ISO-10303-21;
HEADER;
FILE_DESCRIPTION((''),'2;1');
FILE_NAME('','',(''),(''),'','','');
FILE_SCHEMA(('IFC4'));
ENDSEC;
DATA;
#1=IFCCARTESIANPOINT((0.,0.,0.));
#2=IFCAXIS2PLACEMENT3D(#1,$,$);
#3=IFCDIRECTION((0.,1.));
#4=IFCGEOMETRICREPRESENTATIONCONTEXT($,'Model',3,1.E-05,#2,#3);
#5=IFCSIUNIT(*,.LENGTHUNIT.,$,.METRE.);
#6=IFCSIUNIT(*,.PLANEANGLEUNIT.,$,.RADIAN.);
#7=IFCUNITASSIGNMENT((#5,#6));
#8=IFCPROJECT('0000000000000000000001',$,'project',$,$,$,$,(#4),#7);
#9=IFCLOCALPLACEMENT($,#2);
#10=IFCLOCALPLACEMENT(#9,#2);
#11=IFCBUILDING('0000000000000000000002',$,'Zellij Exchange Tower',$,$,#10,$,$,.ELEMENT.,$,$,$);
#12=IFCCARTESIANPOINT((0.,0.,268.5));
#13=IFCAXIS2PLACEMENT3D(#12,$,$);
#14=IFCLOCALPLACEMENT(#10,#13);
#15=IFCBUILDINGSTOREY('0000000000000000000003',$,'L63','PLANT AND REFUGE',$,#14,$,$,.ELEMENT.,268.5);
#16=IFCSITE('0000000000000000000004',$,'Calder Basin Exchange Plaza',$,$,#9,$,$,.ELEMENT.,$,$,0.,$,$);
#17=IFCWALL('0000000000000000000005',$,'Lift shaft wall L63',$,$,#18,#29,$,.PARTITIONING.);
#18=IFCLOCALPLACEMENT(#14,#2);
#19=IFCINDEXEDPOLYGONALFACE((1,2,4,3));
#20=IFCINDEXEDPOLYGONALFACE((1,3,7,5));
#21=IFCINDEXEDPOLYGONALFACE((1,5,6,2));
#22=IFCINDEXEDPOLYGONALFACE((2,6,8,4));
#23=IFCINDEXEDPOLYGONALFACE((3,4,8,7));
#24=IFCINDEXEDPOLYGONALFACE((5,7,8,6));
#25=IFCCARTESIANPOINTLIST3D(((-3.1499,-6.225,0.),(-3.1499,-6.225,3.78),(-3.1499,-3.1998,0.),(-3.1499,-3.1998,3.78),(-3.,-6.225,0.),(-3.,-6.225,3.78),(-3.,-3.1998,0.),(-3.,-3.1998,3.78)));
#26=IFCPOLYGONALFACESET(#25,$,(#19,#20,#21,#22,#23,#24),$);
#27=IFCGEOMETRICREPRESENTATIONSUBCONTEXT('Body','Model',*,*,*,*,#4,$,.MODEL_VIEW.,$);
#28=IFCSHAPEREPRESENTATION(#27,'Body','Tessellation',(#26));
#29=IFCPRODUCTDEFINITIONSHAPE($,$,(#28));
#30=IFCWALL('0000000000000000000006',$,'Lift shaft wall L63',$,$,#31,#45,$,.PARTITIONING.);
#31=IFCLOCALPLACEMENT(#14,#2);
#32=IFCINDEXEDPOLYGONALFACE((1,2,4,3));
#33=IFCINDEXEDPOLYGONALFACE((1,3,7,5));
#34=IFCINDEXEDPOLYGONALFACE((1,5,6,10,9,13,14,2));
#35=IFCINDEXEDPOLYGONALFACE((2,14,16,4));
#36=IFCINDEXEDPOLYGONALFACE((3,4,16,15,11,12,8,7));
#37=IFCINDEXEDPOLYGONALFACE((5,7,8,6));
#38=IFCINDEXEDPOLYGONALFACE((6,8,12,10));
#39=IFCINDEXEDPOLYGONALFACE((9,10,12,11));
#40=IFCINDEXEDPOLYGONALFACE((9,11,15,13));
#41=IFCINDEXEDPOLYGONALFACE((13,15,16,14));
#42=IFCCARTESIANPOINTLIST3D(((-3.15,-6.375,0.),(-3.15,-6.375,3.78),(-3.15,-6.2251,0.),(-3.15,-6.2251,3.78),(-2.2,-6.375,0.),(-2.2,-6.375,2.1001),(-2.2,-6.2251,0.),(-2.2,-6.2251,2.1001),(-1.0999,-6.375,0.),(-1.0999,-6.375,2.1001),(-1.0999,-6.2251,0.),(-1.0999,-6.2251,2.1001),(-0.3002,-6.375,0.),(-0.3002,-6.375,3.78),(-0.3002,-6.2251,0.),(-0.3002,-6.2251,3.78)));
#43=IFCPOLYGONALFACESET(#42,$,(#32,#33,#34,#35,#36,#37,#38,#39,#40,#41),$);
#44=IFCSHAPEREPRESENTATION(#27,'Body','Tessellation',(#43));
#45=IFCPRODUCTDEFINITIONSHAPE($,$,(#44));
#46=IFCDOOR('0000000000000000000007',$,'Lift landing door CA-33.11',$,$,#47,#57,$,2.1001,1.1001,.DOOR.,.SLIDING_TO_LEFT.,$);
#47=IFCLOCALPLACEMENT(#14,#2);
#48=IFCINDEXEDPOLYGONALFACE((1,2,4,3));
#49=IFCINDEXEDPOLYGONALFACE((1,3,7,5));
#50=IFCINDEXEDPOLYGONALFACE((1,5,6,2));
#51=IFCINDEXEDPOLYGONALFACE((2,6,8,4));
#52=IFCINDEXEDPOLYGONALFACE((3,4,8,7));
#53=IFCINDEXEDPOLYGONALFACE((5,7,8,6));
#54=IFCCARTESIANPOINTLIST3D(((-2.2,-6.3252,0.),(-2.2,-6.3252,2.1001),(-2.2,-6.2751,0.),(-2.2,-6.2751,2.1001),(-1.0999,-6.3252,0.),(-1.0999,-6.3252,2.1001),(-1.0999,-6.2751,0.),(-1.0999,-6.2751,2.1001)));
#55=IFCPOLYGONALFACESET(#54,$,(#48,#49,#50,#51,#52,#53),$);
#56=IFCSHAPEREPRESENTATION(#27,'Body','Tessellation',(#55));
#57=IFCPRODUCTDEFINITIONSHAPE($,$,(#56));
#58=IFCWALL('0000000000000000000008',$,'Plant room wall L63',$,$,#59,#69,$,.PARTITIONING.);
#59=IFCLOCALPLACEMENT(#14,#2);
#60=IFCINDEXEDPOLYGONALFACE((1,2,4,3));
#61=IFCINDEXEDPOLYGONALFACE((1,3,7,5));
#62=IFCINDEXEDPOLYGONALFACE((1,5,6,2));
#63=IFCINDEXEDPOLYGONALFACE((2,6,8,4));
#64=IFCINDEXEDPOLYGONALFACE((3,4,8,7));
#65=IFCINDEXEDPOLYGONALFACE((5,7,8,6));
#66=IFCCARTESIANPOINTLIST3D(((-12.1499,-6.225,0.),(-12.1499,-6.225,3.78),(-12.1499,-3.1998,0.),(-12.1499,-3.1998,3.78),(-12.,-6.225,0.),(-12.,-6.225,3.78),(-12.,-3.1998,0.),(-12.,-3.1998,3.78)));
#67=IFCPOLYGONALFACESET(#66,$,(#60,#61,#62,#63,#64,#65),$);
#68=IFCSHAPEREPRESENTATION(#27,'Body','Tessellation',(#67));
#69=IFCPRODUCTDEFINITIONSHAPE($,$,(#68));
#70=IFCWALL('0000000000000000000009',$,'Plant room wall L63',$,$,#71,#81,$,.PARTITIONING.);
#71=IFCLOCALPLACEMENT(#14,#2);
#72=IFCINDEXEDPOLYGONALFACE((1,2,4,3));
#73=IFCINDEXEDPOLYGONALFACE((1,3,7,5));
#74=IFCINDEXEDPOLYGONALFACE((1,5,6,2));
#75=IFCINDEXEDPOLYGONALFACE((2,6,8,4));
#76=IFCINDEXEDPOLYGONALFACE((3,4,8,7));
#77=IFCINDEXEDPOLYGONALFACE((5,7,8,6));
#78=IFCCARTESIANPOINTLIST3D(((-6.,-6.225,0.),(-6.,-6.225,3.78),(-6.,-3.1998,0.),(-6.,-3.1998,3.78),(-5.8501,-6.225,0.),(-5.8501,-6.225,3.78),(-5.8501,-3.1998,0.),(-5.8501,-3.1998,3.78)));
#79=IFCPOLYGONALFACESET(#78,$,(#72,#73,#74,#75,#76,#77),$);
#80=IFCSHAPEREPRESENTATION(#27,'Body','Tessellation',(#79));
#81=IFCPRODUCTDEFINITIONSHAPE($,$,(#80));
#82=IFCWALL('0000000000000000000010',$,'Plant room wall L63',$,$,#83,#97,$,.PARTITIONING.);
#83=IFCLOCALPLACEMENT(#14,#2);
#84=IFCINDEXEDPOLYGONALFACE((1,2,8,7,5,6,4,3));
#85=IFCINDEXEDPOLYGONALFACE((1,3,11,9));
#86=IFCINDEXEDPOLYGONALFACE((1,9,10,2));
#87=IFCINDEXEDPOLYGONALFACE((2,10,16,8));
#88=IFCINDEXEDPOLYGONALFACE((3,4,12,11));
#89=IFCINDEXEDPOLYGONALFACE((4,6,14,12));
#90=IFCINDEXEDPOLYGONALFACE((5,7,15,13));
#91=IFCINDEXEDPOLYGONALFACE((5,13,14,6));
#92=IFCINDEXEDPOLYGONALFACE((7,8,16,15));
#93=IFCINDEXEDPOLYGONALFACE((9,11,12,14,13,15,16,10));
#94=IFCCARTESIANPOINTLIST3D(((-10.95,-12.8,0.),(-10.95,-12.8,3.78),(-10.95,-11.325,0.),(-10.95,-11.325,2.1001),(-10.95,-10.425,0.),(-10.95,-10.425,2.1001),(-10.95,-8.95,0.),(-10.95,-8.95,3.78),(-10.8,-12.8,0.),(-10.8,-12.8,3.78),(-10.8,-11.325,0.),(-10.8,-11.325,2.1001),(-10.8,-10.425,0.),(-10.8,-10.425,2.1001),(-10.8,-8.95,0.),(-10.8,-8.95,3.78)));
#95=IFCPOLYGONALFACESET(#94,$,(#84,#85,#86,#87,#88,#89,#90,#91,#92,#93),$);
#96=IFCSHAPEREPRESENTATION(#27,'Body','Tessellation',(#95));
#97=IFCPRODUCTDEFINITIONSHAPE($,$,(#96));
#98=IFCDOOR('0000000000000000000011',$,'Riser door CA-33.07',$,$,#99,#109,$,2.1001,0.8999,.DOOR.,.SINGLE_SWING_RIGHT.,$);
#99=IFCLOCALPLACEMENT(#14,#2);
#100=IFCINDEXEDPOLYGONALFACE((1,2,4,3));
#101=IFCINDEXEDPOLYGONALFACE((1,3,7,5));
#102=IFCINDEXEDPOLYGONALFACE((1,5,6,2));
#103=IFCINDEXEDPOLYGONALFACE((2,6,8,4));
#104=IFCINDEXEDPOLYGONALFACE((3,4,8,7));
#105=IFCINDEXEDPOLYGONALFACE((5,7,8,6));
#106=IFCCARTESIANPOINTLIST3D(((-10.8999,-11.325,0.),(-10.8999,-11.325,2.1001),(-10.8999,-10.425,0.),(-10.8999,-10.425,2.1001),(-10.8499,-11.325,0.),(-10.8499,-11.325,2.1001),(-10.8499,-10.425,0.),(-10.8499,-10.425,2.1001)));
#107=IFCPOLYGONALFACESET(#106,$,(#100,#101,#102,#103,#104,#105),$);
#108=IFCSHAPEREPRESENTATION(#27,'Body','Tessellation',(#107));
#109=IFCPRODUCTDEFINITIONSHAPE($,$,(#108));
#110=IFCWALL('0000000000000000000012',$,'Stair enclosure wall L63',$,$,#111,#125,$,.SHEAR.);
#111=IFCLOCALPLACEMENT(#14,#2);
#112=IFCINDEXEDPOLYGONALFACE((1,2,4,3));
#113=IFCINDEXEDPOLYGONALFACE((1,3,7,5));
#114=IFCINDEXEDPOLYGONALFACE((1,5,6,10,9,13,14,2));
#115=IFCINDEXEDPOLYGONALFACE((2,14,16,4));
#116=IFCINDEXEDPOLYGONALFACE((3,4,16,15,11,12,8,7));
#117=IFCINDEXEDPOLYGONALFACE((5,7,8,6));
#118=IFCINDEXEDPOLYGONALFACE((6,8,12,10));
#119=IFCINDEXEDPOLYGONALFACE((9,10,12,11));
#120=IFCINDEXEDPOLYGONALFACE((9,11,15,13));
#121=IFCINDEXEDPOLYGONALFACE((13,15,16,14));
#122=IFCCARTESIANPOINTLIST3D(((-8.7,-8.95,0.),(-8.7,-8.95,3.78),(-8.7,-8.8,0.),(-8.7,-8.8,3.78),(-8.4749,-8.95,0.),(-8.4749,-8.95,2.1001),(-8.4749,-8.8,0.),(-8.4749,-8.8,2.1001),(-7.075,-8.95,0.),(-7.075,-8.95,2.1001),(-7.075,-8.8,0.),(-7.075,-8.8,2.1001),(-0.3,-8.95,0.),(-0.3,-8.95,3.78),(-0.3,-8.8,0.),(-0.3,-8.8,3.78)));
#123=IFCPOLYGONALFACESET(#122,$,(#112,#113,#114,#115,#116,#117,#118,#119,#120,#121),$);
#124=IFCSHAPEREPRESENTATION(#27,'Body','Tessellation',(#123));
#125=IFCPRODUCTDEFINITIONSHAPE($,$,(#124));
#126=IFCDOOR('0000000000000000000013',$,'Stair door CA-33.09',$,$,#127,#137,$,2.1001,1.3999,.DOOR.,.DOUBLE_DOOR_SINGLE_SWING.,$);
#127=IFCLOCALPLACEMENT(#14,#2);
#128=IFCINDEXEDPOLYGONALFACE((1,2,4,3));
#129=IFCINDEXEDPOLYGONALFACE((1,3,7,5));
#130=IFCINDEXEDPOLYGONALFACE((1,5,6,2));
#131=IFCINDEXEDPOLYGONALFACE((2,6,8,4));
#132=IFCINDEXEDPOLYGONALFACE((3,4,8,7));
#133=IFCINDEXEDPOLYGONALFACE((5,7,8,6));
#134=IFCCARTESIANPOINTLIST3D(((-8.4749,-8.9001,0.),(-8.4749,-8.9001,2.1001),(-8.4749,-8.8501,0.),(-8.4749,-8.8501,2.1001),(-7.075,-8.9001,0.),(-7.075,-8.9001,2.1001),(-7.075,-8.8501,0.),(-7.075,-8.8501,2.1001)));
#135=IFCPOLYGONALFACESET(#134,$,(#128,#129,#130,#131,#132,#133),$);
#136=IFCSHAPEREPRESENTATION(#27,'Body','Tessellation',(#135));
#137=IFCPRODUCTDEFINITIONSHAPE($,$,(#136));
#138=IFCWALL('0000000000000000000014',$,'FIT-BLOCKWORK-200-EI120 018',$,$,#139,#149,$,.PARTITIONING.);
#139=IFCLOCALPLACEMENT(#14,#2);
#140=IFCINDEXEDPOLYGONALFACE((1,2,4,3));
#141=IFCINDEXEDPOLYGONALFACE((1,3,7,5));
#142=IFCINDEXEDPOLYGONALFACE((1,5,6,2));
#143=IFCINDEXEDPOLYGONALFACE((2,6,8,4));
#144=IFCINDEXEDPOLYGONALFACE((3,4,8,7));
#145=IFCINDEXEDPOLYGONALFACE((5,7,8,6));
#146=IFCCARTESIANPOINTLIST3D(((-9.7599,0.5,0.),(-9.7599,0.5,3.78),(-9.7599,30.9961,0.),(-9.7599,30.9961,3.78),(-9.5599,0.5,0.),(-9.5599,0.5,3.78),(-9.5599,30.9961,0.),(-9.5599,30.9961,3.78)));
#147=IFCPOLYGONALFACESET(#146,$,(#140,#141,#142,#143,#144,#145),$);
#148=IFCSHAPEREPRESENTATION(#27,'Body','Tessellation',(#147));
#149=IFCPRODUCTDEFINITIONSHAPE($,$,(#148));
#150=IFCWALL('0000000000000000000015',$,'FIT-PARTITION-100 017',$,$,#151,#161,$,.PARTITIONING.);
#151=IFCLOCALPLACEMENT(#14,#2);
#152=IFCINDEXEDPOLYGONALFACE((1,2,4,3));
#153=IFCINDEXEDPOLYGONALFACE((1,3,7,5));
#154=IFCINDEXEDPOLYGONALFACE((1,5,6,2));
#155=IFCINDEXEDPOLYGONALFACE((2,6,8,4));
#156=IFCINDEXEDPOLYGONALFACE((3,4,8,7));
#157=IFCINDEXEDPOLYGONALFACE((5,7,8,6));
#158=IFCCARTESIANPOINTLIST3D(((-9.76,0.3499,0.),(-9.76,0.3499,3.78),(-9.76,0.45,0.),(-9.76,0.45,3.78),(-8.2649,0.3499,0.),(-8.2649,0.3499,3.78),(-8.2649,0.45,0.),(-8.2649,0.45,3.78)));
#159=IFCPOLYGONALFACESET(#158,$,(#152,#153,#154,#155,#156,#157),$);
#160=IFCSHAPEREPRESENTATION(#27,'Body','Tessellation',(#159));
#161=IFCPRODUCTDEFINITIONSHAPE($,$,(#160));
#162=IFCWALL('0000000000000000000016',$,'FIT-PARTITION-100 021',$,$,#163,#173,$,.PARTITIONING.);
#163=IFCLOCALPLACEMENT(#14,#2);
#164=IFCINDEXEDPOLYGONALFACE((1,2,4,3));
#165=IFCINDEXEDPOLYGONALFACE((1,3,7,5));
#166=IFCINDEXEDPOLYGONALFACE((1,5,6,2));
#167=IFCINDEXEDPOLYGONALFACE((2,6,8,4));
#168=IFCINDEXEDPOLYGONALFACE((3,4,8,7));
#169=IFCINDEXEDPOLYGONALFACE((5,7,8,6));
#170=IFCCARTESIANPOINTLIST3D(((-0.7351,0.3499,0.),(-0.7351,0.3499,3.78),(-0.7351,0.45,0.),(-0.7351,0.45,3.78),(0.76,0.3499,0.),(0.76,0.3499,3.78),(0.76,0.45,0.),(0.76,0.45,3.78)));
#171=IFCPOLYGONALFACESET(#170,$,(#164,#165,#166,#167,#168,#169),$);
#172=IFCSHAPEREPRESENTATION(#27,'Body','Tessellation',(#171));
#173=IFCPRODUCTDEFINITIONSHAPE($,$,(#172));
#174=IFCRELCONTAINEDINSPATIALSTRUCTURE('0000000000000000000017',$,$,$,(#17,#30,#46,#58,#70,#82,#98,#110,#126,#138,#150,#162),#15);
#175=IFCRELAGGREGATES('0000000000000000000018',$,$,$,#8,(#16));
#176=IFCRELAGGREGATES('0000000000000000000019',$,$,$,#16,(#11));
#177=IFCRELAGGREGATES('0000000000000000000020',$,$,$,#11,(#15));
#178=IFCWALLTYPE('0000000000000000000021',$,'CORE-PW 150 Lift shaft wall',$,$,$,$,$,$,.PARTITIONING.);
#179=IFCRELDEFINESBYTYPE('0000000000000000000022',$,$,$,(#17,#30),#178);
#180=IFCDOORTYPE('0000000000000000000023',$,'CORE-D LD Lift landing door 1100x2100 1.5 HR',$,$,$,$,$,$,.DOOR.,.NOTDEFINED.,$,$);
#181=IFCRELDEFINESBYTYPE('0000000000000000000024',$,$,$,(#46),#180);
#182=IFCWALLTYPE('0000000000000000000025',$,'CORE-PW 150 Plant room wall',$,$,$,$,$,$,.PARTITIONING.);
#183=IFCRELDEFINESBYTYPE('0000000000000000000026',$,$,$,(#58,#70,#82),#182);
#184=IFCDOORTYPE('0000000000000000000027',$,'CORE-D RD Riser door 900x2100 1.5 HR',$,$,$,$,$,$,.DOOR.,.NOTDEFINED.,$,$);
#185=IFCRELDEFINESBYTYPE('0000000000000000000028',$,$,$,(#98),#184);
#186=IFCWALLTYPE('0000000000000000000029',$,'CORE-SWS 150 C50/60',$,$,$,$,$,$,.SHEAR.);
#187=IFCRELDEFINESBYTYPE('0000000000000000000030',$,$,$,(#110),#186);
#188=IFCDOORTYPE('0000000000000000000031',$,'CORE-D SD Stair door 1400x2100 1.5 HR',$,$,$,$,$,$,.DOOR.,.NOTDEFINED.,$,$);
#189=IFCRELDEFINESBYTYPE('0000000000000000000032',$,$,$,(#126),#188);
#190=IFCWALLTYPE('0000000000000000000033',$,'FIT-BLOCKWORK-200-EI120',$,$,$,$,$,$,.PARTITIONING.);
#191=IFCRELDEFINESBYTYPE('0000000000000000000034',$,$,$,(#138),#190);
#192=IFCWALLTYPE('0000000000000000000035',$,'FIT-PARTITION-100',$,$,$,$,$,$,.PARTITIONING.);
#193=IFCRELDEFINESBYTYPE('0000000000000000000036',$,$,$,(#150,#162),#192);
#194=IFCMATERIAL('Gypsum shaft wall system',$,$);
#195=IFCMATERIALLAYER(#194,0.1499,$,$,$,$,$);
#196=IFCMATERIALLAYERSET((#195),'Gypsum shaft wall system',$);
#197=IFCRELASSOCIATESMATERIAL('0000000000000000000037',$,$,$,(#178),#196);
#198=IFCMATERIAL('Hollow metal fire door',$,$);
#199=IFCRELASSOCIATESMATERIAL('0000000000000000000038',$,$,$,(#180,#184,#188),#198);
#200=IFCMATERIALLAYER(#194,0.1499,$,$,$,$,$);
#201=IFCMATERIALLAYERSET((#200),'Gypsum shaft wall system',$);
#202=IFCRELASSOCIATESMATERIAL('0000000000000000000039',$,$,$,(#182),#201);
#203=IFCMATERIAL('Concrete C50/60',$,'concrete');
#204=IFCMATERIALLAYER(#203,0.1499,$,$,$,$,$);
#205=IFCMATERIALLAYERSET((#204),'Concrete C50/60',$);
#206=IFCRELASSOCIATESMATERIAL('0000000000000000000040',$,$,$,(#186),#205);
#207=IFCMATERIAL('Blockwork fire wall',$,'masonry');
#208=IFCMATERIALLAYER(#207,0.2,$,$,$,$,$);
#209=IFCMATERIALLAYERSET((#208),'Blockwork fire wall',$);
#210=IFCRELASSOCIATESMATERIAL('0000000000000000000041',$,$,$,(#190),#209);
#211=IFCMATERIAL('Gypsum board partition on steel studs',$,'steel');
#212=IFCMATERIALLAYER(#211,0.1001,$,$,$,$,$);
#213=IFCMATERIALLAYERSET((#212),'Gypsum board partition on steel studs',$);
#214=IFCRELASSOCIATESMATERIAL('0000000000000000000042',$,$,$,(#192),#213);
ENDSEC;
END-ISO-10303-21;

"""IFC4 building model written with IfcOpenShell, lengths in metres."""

from ifc_helpers import new_model, si_unit, direction, frame, frame_2d, origin, place, context, subcontext, project, spatial, rectangle, extrude, material, layer, layer_set, type_object, element, fill, save


model = new_model("IFC4")

# Units and contexts
model_context = context("Model", 3, precision=1e-05, world=origin(), true_north=direction((0.0, 1.0)))
body_context = subcontext(model_context, "Body", "Model", "MODEL_VIEW")
ifc_project = project(units=[si_unit("LENGTHUNIT", "METRE"), si_unit("PLANEANGLEUNIT", "RADIAN")], contexts=[model_context])

# Site, building, storey
site_placement = place(None, origin())
site = spatial("IfcSite", under=ifc_project, at=site_placement, Name="Calder Basin Exchange Plaza", CompositionType="ELEMENT", RefElevation=0.0)
building_placement = place(site_placement, origin())
building = spatial("IfcBuilding", under=site, at=building_placement, Name="Zellij Exchange Tower", CompositionType="ELEMENT")
storey_placement = place(building_placement, frame((0.0, 0.0, 268.5)))
storey = spatial("IfcBuildingStorey", under=building, at=storey_placement, Name="L63", Description="PLANT AND REFUGE", CompositionType="ELEMENT", Elevation=268.5)

# Shared definitions
ifc_material_1 = material(Name="Concrete C50/60", Category="concrete")

# Shared definitions
ifc_material_2 = material(Name="Gypsum shaft wall system")
ifc_material_3 = material(Name="Hollow metal fire door")

# Wall
ifc_layer_1 = layer(ifc_material_2, 0.1499)
ifc_layer_set_1 = layer_set([ifc_layer_1], Name="Gypsum shaft wall system")
wall_type_1 = type_object("IfcWallType", Name="CORE-PW 150 Lift shaft wall", PredefinedType="PARTITIONING", material=ifc_layer_set_1)
wall_1_placement = place(storey_placement, frame((-3.075, -6.2251, 0.0), z_axis=(0.0, 0.0, 1.0), x_axis=(0.0, 1.0, 0.0)))
element("IfcWall", 1, at=wall_1_placement, inside=storey, type_object=wall_type_1, Name="Lift shaft wall L63", PredefinedType="PARTITIONING", context=body_context, shape_type="SweptSolid", body=[
    extrude(rectangle(XDim=3.0251, YDim=0.1499, at=frame_2d((1.5127, 0.0))), origin(), (0.0, 0.0, 1.0), 3.78),
])

# Wall, opening, door
wall_2_placement = place(storey_placement, frame((-3.1499, -6.3, 0.0), z_axis=(0.0, 0.0, 1.0), x_axis=(1.0, 0.0, 0.0)))
wall_2 = element("IfcWall", 2, at=wall_2_placement, inside=storey, type_object=wall_type_1, Name="Lift shaft wall L63", PredefinedType="PARTITIONING", context=body_context, shape_type="SweptSolid", body=[
    extrude(rectangle(XDim=2.8499, YDim=0.1499, at=frame_2d((1.4248, 0.0))), origin(), (0.0, 0.0, 1.0), 3.78),
])
opening_1_placement = place(wall_2_placement, frame((0.95, 0.0, 0.0)))
opening_1 = element("IfcOpeningElement", 3, at=opening_1_placement, cuts=wall_2, PredefinedType="OPENING", context=body_context, shape_type="SweptSolid", body=[
    extrude(rectangle(XDim=1.1001, YDim=2.1001, at=frame_2d((0.55, 1.05))), frame((0.0, 0.0869, 0.0), z_axis=(0.0, -1.0, 0.0), x_axis=(1.0, 0.0, 0.0)), (0.0, 0.0, 1.0), 0.1738),
])
door_type_1 = type_object("IfcDoorType", Name="CORE-D LD Lift landing door 1100x2100 1.5 HR", OperationType="NOTDEFINED", PredefinedType="DOOR", material=ifc_material_3)
door_1_placement = place(opening_1_placement, origin())
door_1 = element("IfcDoor", 4, at=door_1_placement, inside=storey, type_object=door_type_1, Name="Lift landing door CA-33.11", OperationType="SLIDING_TO_LEFT", OverallHeight=2.1001, OverallWidth=1.1001, PredefinedType="DOOR", context=body_context, shape_type="SweptSolid", body=[
    extrude(rectangle(XDim=1.1001, YDim=2.1001, at=frame_2d((0.55, 1.05))), frame((0.0, 0.0249, 0.0), z_axis=(0.0, -1.0, 0.0), x_axis=(1.0, 0.0, 0.0)), (0.0, 0.0, 1.0), 0.05),
])
fill(opening_1, door_1)

# Walls
ifc_layer_2 = layer(ifc_material_2, 0.1499)
ifc_layer_set_2 = layer_set([ifc_layer_2], Name="Gypsum shaft wall system")
wall_type_2 = type_object("IfcWallType", Name="CORE-PW 150 Plant room wall", PredefinedType="PARTITIONING", material=ifc_layer_set_2)
for number, where, z_axis, x_axis, name in (
    (5, (-12.075, -6.2251, 0.0), (0.0, 0.0, 1.0), (0.0, 1.0, 0.0), "Plant room wall L63"),
    (6, (-5.925, -6.2251, 0.0), (0.0, 0.0, 1.0), (0.0, 1.0, 0.0), "Plant room wall L63"),
):
    element("IfcWall", number, at=place(storey_placement, frame(where, z_axis=z_axis, x_axis=x_axis)), inside=storey, type_object=wall_type_2, Name=name, PredefinedType="PARTITIONING", context=body_context, shape_type="SweptSolid", body=[
        extrude(rectangle(XDim=3.0251, YDim=0.1499, at=frame_2d((1.5127, 0.0))), origin(), (0.0, 0.0, 1.0), 3.78),
    ])

# Walls, openings, doors
wall_3_placement = place(storey_placement, frame((-10.875, -12.8, 0.0), z_axis=(0.0, 0.0, 1.0), x_axis=(0.0, 1.0, 0.0)))
wall_3 = element("IfcWall", 7, at=wall_3_placement, inside=storey, type_object=wall_type_2, Name="Plant room wall L63", PredefinedType="PARTITIONING", context=body_context, shape_type="SweptSolid", body=[
    extrude(rectangle(XDim=3.8501, YDim=0.1499, at=frame_2d((1.925, 0.0))), origin(), (0.0, 0.0, 1.0), 3.78),
])
opening_2_placement = place(wall_3_placement, frame((1.4751, 0.0, 0.0)))
opening_2 = element("IfcOpeningElement", 8, at=opening_2_placement, cuts=wall_3, PredefinedType="OPENING", context=body_context, shape_type="SweptSolid", body=[
    extrude(rectangle(XDim=0.8999, YDim=2.1001, at=frame_2d((0.45, 1.05))), frame((0.0, 0.0869, 0.0), z_axis=(0.0, -1.0, 0.0), x_axis=(1.0, 0.0, 0.0)), (0.0, 0.0, 1.0), 0.1738),
])
door_type_2 = type_object("IfcDoorType", Name="CORE-D RD Riser door 900x2100 1.5 HR", OperationType="NOTDEFINED", PredefinedType="DOOR", material=ifc_material_3)
door_2_placement = place(opening_2_placement, origin())
door_2 = element("IfcDoor", 9, at=door_2_placement, inside=storey, type_object=door_type_2, Name="Riser door CA-33.07", OperationType="SINGLE_SWING_RIGHT", OverallHeight=2.1001, OverallWidth=0.8999, PredefinedType="DOOR", context=body_context, shape_type="SweptSolid", body=[
    extrude(rectangle(XDim=0.8999, YDim=2.1001, at=frame_2d((0.45, 1.05))), frame((0.0, 0.0249, 0.0), z_axis=(0.0, -1.0, 0.0), x_axis=(1.0, 0.0, 0.0)), (0.0, 0.0, 1.0), 0.05),
])
fill(opening_2, door_2)
ifc_layer_3 = layer(ifc_material_1, 0.1499)
ifc_layer_set_3 = layer_set([ifc_layer_3], Name="Concrete C50/60")
wall_type_3 = type_object("IfcWallType", Name="CORE-SWS 150 C50/60", PredefinedType="SHEAR", material=ifc_layer_set_3)
wall_4_placement = place(storey_placement, frame((-8.7, -8.875, 0.0), z_axis=(0.0, 0.0, 1.0), x_axis=(1.0, 0.0, 0.0)))
wall_4 = element("IfcWall", 10, at=wall_4_placement, inside=storey, type_object=wall_type_3, Name="Stair enclosure wall L63", PredefinedType="SHEAR", context=body_context, shape_type="SweptSolid", body=[
    extrude(rectangle(XDim=8.3999, YDim=0.1499, at=frame_2d((4.2, 0.0))), origin(), (0.0, 0.0, 1.0), 3.78),
])
opening_3_placement = place(wall_4_placement, frame((0.2251, 0.0, 0.0)))
opening_3 = element("IfcOpeningElement", 11, at=opening_3_placement, cuts=wall_4, PredefinedType="OPENING", context=body_context, shape_type="SweptSolid", body=[
    extrude(rectangle(XDim=1.3999, YDim=2.1001, at=frame_2d((0.7, 1.05))), frame((0.0, 0.0869, 0.0), z_axis=(0.0, -1.0, 0.0), x_axis=(1.0, 0.0, 0.0)), (0.0, 0.0, 1.0), 0.1738),
])
door_type_3 = type_object("IfcDoorType", Name="CORE-D SD Stair door 1400x2100 1.5 HR", OperationType="NOTDEFINED", PredefinedType="DOOR", material=ifc_material_3)
door_3_placement = place(opening_3_placement, origin())
door_3 = element("IfcDoor", 12, at=door_3_placement, inside=storey, type_object=door_type_3, Name="Stair door CA-33.09", OperationType="DOUBLE_DOOR_SINGLE_SWING", OverallHeight=2.1001, OverallWidth=1.3999, PredefinedType="DOOR", context=body_context, shape_type="SweptSolid", body=[
    extrude(rectangle(XDim=1.3999, YDim=2.1001, at=frame_2d((0.7, 1.05))), frame((0.0, 0.0249, 0.0), z_axis=(0.0, -1.0, 0.0), x_axis=(1.0, 0.0, 0.0)), (0.0, 0.0, 1.0), 0.05),
])
fill(opening_3, door_3)

# Walls
ifc_material_4 = material(Name="Blockwork fire wall", Category="masonry")
ifc_layer_4 = layer(ifc_material_4, 0.2)
ifc_layer_set_4 = layer_set([ifc_layer_4], Name="Blockwork fire wall")
wall_type_4 = type_object("IfcWallType", Name="FIT-BLOCKWORK-200-EI120", PredefinedType="PARTITIONING", material=ifc_layer_set_4)
wall_5_placement = place(storey_placement, frame((-9.6599, 0.5, 0.0), z_axis=(0.0, 0.0, 1.0), x_axis=(0.0, 1.0, 0.0)))
element("IfcWall", 13, at=wall_5_placement, inside=storey, type_object=wall_type_4, Name="FIT-BLOCKWORK-200-EI120 018", PredefinedType="PARTITIONING", context=body_context, shape_type="SweptSolid", body=[
    extrude(rectangle(XDim=30.4961, YDim=0.2, at=frame_2d((15.248, 0.0))), origin(), (0.0, 0.0, 1.0), 3.78),
])
ifc_material_5 = material(Name="Gypsum board partition on steel studs", Category="steel")
ifc_layer_5 = layer(ifc_material_5, 0.1001)
ifc_layer_set_5 = layer_set([ifc_layer_5], Name="Gypsum board partition on steel studs")
wall_type_5 = type_object("IfcWallType", Name="FIT-PARTITION-100", PredefinedType="PARTITIONING", material=ifc_layer_set_5)
for number, where, z_axis, x_axis, name in (
    (14, (-9.76, 0.3999, 0.0), (0.0, 0.0, 1.0), (1.0, 0.0, 0.0), "FIT-PARTITION-100 017"),
    (15, (-0.7351, 0.3999, 0.0), (0.0, 0.0, 1.0), (1.0, 0.0, 0.0), "FIT-PARTITION-100 021"),
):
    element("IfcWall", number, at=place(storey_placement, frame(where, z_axis=z_axis, x_axis=x_axis)), inside=storey, type_object=wall_type_5, Name=name, PredefinedType="PARTITIONING", context=body_context, shape_type="SweptSolid", body=[
        extrude(rectangle(XDim=1.4951, YDim=0.1001, at=frame_2d((0.7476, 0.0))), origin(), (0.0, 0.0, 1.0), 3.78),
    ])

save(model, "model.ifc")
